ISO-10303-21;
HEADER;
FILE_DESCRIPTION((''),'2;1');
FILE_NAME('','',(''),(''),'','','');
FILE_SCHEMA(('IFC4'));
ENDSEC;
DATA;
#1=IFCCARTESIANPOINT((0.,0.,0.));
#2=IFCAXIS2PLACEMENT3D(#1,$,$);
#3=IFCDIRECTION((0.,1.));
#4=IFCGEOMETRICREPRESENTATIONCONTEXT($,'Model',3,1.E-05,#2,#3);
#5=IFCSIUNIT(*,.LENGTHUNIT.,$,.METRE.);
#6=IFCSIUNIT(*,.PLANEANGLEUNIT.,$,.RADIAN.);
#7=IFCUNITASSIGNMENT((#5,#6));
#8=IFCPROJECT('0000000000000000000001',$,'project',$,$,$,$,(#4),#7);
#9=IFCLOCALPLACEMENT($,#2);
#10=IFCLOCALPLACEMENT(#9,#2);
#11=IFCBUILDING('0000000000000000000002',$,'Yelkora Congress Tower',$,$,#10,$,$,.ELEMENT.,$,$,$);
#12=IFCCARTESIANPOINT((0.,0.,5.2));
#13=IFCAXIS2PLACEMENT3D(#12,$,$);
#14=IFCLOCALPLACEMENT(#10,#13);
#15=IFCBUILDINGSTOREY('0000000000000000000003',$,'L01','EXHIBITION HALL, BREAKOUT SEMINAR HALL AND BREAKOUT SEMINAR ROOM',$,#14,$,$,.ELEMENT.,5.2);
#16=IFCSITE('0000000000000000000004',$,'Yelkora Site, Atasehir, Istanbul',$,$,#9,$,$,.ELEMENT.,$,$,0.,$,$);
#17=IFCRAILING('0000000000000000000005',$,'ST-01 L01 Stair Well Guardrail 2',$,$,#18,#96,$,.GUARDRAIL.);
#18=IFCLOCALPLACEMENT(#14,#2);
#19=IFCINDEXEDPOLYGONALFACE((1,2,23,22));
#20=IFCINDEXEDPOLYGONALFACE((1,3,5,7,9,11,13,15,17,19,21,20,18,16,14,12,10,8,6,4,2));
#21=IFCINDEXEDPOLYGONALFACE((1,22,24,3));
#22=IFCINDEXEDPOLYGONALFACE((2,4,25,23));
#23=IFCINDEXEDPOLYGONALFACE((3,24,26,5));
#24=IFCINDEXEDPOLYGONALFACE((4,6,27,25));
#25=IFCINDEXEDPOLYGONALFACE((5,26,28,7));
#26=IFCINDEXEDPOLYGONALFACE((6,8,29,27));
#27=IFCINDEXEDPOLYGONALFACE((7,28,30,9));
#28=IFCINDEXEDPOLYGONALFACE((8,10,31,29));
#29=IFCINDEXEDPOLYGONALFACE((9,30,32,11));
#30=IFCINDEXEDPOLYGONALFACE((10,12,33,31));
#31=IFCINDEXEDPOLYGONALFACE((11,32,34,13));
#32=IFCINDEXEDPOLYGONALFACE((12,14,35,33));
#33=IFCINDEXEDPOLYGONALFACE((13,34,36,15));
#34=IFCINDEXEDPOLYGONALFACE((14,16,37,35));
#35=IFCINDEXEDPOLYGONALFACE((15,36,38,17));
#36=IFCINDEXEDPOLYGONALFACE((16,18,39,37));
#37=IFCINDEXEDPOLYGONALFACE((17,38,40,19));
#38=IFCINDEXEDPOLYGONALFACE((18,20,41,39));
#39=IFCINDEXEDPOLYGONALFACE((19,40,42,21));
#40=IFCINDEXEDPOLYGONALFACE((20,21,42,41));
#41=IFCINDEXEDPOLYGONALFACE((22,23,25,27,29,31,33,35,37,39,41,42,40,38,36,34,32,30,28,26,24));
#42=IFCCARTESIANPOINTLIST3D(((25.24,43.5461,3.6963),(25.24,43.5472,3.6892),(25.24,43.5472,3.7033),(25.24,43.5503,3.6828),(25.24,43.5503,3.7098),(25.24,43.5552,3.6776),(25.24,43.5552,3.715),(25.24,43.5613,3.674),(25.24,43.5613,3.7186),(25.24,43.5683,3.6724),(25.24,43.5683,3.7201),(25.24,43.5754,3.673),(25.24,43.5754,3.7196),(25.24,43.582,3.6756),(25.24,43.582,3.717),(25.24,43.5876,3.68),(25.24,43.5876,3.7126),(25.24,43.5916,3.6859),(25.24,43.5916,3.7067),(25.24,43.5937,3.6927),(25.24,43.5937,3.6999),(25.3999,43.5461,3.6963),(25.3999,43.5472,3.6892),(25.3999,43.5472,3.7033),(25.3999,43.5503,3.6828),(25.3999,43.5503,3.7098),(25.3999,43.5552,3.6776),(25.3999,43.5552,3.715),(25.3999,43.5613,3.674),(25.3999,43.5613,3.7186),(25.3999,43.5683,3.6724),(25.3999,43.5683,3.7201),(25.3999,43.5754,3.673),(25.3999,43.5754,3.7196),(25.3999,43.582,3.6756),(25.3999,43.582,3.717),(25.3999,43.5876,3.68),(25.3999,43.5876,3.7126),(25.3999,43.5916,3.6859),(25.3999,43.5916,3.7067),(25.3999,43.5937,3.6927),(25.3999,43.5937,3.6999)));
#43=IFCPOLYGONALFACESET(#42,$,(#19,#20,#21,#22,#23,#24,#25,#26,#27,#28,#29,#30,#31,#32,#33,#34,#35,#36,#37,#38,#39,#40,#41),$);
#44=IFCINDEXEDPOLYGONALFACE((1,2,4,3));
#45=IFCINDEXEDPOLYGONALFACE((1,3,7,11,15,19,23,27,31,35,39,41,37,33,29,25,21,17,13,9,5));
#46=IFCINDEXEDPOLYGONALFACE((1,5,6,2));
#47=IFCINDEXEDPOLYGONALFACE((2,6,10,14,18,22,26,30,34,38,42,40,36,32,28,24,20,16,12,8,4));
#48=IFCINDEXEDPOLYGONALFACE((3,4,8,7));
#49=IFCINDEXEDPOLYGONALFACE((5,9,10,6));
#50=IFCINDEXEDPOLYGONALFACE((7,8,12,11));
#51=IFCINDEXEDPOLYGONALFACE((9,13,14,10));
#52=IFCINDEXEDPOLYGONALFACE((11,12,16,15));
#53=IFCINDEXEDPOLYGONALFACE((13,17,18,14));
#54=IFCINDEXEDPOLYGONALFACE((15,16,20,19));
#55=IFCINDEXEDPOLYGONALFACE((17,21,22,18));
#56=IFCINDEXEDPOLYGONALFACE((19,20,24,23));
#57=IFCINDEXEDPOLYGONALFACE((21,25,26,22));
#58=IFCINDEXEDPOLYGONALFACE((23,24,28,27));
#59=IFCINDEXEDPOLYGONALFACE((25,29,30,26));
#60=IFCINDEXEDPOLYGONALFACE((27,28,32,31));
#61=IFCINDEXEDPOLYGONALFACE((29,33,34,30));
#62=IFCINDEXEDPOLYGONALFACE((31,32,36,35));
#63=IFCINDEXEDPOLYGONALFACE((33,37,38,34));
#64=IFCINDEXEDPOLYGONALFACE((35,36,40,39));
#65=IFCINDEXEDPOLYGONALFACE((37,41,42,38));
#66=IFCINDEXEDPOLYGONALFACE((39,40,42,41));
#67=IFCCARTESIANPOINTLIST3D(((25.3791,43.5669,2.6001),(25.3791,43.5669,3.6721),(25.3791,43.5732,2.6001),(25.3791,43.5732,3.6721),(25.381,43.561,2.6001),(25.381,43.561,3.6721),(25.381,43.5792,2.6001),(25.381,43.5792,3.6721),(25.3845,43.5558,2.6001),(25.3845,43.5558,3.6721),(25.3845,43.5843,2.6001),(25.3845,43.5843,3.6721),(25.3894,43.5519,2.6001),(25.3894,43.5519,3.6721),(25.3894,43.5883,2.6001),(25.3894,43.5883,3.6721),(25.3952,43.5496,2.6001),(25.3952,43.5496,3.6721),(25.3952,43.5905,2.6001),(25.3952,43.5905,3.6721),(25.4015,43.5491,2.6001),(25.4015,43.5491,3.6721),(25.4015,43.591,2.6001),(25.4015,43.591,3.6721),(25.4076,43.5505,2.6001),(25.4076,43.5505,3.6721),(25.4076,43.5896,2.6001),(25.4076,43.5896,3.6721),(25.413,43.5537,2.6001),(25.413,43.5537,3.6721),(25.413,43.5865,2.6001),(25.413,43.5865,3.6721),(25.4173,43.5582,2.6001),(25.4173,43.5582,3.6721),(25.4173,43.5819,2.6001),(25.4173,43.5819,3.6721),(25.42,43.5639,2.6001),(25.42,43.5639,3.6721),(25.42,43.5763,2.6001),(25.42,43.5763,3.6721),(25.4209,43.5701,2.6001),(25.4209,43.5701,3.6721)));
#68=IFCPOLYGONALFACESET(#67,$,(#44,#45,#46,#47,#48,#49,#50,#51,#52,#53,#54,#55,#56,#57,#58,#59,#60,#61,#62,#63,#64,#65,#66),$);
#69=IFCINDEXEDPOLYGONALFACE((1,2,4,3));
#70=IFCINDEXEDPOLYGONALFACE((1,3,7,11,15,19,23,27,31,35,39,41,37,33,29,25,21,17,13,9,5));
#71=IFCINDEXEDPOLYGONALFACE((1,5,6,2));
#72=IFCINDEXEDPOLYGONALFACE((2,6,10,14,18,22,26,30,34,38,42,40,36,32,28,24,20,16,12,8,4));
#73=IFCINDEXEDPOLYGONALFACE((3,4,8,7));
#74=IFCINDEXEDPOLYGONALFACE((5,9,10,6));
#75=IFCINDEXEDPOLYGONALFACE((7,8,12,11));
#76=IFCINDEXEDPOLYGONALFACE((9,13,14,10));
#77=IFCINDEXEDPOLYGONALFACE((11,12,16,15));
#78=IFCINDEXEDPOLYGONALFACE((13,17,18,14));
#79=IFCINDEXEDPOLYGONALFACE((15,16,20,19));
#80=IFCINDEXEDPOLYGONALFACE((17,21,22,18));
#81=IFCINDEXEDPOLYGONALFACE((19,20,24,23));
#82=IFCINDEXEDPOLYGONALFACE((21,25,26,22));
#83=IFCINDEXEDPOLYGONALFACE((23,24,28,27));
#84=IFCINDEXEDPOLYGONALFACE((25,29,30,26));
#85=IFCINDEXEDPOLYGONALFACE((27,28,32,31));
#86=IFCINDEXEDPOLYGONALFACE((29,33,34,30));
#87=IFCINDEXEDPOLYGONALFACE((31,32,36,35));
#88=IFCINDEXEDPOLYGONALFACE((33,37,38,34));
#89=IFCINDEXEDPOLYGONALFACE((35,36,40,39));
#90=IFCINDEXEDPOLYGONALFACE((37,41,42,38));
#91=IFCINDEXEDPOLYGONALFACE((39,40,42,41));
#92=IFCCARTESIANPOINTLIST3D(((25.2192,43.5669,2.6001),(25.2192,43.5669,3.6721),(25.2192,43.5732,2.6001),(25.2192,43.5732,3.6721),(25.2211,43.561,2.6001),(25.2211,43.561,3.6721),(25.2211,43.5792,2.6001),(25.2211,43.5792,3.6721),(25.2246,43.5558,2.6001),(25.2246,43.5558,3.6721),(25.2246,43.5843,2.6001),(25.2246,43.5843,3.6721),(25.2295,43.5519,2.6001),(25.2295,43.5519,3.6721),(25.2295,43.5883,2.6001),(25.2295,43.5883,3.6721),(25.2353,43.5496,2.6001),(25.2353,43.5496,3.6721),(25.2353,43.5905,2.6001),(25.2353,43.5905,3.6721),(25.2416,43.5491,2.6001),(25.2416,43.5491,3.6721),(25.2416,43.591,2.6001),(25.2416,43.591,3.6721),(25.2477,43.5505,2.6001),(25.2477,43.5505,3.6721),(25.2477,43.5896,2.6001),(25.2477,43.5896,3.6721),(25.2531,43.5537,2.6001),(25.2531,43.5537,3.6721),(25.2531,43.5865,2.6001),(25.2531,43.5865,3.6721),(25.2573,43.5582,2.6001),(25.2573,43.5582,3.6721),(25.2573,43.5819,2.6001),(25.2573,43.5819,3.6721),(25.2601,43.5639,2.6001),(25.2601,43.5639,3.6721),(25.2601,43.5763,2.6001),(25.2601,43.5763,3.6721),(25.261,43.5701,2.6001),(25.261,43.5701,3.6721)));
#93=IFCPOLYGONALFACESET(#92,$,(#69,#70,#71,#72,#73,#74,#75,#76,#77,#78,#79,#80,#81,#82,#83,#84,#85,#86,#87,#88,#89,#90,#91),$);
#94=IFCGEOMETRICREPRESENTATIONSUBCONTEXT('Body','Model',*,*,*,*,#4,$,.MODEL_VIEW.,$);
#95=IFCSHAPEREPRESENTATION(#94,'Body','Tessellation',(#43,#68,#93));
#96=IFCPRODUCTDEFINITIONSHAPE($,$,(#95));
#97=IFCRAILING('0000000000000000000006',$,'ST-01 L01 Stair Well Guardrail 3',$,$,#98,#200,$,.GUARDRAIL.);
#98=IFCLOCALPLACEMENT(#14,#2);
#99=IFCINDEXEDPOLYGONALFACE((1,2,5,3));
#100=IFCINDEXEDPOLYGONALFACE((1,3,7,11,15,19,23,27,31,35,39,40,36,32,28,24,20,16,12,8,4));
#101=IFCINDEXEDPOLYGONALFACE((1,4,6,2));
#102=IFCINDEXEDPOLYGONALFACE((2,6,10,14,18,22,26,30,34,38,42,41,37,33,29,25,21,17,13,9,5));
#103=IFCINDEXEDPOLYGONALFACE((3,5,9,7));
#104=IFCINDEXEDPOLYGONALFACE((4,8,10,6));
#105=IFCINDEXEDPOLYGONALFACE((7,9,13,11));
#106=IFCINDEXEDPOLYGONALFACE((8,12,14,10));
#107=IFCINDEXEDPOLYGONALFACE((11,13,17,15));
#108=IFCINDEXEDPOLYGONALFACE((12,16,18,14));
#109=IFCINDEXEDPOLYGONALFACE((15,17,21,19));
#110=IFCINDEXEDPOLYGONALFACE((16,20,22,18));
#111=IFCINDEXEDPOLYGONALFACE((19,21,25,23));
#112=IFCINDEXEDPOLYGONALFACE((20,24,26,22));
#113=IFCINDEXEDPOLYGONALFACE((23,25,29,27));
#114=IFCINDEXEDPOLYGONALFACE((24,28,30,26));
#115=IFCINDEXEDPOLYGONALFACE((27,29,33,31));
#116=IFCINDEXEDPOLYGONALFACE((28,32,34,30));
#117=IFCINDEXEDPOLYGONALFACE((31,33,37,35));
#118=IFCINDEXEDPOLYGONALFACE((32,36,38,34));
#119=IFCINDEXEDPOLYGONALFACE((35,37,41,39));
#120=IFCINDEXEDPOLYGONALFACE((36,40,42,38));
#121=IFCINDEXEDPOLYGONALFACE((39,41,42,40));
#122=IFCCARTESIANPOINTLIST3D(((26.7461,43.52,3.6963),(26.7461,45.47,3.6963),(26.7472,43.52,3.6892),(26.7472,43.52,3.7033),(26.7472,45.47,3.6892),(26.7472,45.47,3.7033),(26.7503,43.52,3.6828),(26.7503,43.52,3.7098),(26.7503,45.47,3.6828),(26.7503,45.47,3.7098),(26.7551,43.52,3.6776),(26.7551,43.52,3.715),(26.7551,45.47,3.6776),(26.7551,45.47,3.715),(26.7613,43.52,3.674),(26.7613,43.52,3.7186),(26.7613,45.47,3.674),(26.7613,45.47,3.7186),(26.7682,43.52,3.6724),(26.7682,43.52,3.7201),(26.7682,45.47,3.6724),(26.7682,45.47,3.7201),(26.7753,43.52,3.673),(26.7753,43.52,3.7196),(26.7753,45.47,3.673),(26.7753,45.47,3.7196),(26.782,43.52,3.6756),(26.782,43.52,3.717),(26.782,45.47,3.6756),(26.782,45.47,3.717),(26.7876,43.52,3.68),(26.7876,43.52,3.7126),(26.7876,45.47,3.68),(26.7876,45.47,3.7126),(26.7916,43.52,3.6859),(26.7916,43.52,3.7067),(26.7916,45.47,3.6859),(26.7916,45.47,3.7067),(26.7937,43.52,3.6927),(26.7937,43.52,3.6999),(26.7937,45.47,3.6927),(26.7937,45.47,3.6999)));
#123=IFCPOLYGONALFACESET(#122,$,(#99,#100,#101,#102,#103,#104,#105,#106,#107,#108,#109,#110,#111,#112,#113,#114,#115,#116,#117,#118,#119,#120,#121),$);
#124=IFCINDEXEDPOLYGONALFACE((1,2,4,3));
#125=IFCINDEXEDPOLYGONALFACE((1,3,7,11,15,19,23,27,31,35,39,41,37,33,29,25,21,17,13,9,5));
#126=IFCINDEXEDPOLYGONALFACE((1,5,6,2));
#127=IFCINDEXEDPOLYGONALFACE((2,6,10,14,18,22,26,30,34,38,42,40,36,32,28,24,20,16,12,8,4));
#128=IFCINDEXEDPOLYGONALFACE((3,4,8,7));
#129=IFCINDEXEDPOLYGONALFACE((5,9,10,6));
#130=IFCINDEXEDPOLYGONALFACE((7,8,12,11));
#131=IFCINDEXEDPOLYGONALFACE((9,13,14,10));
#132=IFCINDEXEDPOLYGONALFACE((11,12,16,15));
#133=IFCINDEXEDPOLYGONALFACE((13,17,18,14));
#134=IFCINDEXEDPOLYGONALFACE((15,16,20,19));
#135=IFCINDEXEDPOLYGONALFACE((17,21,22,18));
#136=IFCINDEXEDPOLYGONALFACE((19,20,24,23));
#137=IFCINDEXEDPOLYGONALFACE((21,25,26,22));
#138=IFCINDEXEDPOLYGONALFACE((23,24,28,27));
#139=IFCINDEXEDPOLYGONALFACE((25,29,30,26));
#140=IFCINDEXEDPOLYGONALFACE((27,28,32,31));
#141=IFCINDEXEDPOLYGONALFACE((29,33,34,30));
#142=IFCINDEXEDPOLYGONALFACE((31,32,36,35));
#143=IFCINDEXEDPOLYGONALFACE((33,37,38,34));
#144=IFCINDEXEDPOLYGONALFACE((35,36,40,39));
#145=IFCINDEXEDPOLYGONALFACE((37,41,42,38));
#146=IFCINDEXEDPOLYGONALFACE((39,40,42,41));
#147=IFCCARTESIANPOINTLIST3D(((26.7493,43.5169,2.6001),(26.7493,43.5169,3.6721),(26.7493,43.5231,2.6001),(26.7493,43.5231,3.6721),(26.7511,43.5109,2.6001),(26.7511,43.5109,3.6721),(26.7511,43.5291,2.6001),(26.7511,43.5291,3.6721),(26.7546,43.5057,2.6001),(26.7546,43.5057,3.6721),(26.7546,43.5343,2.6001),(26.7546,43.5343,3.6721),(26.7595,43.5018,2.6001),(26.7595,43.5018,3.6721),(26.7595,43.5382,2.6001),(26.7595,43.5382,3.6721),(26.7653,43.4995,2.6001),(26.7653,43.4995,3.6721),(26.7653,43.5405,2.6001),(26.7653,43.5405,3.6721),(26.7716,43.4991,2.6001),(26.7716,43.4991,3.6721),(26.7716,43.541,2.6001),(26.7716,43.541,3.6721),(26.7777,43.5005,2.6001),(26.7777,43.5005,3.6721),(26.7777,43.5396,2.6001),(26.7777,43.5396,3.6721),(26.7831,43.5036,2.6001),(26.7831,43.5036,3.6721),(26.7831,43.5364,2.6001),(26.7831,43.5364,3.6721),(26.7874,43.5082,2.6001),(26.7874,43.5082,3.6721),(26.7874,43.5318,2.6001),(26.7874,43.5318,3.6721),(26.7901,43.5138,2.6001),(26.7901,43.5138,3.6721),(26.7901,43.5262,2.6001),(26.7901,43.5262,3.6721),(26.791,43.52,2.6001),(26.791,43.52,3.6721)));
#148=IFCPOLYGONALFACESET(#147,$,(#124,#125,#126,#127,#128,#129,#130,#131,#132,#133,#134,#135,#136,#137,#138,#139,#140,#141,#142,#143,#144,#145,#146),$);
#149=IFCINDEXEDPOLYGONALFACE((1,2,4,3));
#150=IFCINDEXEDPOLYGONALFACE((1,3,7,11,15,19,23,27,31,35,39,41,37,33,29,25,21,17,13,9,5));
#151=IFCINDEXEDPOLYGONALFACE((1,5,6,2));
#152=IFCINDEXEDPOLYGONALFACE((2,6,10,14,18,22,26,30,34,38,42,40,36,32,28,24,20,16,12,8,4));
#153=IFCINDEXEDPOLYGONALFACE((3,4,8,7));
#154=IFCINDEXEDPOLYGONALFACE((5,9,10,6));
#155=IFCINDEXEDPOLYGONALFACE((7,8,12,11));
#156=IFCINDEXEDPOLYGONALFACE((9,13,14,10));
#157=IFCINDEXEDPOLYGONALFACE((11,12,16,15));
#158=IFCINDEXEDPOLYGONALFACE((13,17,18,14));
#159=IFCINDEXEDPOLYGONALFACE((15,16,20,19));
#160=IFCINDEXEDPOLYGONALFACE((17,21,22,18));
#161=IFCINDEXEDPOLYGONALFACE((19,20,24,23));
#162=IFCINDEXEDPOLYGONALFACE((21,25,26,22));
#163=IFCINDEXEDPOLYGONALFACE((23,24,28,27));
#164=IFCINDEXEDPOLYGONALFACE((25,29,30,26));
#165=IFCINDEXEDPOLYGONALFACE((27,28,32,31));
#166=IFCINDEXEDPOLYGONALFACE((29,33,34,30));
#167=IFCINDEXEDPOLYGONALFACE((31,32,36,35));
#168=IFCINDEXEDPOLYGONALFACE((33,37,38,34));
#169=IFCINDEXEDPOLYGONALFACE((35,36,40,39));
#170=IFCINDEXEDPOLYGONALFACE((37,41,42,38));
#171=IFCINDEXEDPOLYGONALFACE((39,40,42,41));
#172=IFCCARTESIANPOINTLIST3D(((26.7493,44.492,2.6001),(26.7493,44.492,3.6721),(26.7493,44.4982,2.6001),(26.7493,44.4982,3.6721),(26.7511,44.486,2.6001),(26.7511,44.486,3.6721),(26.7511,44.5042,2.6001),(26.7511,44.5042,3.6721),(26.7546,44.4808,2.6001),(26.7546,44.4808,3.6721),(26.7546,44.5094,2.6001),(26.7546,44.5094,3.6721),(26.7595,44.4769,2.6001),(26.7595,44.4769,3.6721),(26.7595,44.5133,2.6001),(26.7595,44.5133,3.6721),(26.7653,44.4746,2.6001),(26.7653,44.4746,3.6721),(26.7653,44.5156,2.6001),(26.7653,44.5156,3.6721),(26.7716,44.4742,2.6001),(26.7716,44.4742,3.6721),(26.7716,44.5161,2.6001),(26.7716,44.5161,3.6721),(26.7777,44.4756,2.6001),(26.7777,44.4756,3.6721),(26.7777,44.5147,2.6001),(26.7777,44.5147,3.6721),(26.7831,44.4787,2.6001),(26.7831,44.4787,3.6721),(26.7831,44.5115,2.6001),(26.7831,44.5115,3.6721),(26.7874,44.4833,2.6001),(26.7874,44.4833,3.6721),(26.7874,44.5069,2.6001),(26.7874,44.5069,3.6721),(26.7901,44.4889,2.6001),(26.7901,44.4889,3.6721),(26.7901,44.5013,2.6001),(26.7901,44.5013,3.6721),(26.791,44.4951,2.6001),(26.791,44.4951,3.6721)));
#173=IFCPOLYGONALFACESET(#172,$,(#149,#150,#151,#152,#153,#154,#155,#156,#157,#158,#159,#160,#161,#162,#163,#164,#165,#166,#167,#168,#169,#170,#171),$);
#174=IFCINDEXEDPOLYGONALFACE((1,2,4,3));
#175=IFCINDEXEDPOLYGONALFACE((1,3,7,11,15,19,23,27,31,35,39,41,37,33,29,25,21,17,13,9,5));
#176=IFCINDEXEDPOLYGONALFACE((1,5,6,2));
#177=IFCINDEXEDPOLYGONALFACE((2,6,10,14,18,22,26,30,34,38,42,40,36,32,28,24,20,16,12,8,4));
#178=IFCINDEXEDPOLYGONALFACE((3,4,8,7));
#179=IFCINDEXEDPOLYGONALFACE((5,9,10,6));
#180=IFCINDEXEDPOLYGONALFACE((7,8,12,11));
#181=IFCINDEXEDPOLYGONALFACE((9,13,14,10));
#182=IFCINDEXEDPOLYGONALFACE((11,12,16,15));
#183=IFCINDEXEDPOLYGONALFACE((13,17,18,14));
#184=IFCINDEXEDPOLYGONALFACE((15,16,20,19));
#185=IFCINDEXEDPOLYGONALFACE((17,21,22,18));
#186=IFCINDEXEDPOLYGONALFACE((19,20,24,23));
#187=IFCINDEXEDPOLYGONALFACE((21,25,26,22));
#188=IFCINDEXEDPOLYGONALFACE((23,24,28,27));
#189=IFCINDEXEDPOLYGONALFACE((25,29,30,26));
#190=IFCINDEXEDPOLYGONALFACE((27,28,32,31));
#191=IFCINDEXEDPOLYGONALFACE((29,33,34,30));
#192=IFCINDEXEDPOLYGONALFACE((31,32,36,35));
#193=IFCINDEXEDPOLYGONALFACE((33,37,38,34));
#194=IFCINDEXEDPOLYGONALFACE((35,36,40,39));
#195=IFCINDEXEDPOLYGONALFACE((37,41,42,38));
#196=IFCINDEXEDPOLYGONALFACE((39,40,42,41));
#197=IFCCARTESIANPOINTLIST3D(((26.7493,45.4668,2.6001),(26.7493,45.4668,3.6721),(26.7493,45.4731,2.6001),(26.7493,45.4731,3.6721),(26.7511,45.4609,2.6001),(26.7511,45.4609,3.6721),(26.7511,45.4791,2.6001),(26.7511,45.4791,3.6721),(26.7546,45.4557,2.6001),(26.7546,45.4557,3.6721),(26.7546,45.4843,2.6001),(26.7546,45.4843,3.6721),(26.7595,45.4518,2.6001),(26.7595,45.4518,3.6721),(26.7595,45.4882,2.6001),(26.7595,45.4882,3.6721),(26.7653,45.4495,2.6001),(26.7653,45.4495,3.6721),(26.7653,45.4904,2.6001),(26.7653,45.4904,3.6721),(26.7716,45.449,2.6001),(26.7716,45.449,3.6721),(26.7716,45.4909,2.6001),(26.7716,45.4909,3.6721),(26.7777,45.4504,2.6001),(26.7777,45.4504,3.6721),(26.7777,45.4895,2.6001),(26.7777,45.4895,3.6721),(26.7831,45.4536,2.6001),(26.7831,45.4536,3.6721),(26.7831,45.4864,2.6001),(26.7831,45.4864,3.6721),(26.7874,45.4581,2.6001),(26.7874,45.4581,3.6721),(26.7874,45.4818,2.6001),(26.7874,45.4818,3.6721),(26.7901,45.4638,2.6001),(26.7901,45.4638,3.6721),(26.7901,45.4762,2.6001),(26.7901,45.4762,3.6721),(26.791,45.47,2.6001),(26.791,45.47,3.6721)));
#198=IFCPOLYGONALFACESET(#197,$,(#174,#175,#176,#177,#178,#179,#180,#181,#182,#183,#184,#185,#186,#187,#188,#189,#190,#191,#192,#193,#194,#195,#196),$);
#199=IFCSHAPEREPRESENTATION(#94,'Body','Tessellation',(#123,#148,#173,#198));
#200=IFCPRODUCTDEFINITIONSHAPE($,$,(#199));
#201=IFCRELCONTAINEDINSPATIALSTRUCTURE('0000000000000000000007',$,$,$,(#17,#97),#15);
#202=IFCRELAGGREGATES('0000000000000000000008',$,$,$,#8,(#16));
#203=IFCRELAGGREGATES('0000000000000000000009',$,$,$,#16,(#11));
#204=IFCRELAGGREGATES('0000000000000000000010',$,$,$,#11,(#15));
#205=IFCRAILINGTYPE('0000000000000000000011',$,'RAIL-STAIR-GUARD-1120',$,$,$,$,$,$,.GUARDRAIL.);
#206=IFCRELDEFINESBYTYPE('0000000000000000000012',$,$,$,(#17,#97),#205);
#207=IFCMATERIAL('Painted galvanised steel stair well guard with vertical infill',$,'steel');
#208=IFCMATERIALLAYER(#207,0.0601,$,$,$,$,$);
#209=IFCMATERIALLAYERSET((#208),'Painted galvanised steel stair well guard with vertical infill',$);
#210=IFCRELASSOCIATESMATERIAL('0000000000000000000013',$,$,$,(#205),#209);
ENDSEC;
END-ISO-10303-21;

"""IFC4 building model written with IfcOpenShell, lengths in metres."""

from ifc_helpers import new_model, si_unit, direction, frame, origin, origin_2d, place, context, subcontext, project, spatial, circle, extrude, material, layer, layer_set, type_object, element, save


model = new_model("IFC4")

# Units and contexts
model_context = context("Model", 3, precision=1e-05, world=origin(), true_north=direction((0.0, 1.0)))
body_context = subcontext(model_context, "Body", "Model", "MODEL_VIEW")
ifc_project = project(units=[si_unit("LENGTHUNIT", "METRE"), si_unit("PLANEANGLEUNIT", "RADIAN")], contexts=[model_context])

# Site, building, storey
site_placement = place(None, origin())
site = spatial("IfcSite", under=ifc_project, at=site_placement, Name="Yelkora Site, Atasehir, Istanbul", CompositionType="ELEMENT", RefElevation=0.0)
building_placement = place(site_placement, origin())
building = spatial("IfcBuilding", under=site, at=building_placement, Name="Yelkora Congress Tower", CompositionType="ELEMENT")
storey_placement = place(building_placement, frame((0.0, 0.0, 5.2)))
storey = spatial("IfcBuildingStorey", under=building, at=storey_placement, Name="L01", Description="EXHIBITION HALL, BREAKOUT SEMINAR HALL AND BREAKOUT SEMINAR ROOM", CompositionType="ELEMENT", Elevation=5.2)

# Railings
ifc_material_1 = material(Name="Painted galvanised steel stair well guard with vertical infill", Category="steel")
ifc_layer_1 = layer(ifc_material_1, 0.0601)
ifc_layer_set_1 = layer_set([ifc_layer_1], Name="Painted galvanised steel stair well guard with vertical infill")
railing_type_1 = type_object("IfcRailingType", Name="RAIL-STAIR-GUARD-1120", PredefinedType="GUARDRAIL", material=ifc_layer_set_1)
railing_1_placement = place(storey_placement, frame((25.3999, 43.5701, 2.6001)))
element("IfcRailing", 1, at=railing_1_placement, inside=storey, type_object=railing_type_1, Name="ST-01 L01 Stair Well Guardrail 2", PredefinedType="GUARDRAIL", context=body_context, shape_type="SweptSolid", body=[
    extrude(circle(Radius=0.0239, at=origin_2d()), frame((0.0, 0.0, 1.0962), z_axis=(-1.0, 0.0, 0.0), x_axis=(0.0, -1.0, 0.0)), (0.0, 0.0, 1.0), 0.1599),
    extrude(circle(Radius=0.021, at=origin_2d()), origin(), (0.0, 0.0, 1.0), 1.072),
    extrude(circle(Radius=0.021, at=origin_2d()), frame((-0.1599, 0.0, 0.0)), (0.0, 0.0, 1.0), 1.072),
])
for number, where, name in (
    (2, (26.77, 43.52, 2.6001), "ST-01 L01 Stair Well Guardrail 3"),
):
    element("IfcRailing", number, at=place(storey_placement, frame(where)), inside=storey, type_object=railing_type_1, Name=name, PredefinedType="GUARDRAIL", context=body_context, shape_type="SweptSolid", body=[
        extrude(circle(Radius=0.0239, at=origin_2d()), frame((0.0, 0.0, 1.0962), z_axis=(0.0, 1.0, 0.0), x_axis=(-1.0, 0.0, 0.0)), (0.0, 0.0, 1.0), 1.95),
        extrude(circle(Radius=0.021, at=origin_2d()), origin(), (0.0, 0.0, 1.0), 1.072),
        extrude(circle(Radius=0.021, at=origin_2d()), frame((0.0, 0.9751, 0.0)), (0.0, 0.0, 1.0), 1.072),
        extrude(circle(Radius=0.021, at=origin_2d()), frame((0.0, 1.95, 0.0)), (0.0, 0.0, 1.0), 1.072),
    ])

save(model, "model.ifc")
